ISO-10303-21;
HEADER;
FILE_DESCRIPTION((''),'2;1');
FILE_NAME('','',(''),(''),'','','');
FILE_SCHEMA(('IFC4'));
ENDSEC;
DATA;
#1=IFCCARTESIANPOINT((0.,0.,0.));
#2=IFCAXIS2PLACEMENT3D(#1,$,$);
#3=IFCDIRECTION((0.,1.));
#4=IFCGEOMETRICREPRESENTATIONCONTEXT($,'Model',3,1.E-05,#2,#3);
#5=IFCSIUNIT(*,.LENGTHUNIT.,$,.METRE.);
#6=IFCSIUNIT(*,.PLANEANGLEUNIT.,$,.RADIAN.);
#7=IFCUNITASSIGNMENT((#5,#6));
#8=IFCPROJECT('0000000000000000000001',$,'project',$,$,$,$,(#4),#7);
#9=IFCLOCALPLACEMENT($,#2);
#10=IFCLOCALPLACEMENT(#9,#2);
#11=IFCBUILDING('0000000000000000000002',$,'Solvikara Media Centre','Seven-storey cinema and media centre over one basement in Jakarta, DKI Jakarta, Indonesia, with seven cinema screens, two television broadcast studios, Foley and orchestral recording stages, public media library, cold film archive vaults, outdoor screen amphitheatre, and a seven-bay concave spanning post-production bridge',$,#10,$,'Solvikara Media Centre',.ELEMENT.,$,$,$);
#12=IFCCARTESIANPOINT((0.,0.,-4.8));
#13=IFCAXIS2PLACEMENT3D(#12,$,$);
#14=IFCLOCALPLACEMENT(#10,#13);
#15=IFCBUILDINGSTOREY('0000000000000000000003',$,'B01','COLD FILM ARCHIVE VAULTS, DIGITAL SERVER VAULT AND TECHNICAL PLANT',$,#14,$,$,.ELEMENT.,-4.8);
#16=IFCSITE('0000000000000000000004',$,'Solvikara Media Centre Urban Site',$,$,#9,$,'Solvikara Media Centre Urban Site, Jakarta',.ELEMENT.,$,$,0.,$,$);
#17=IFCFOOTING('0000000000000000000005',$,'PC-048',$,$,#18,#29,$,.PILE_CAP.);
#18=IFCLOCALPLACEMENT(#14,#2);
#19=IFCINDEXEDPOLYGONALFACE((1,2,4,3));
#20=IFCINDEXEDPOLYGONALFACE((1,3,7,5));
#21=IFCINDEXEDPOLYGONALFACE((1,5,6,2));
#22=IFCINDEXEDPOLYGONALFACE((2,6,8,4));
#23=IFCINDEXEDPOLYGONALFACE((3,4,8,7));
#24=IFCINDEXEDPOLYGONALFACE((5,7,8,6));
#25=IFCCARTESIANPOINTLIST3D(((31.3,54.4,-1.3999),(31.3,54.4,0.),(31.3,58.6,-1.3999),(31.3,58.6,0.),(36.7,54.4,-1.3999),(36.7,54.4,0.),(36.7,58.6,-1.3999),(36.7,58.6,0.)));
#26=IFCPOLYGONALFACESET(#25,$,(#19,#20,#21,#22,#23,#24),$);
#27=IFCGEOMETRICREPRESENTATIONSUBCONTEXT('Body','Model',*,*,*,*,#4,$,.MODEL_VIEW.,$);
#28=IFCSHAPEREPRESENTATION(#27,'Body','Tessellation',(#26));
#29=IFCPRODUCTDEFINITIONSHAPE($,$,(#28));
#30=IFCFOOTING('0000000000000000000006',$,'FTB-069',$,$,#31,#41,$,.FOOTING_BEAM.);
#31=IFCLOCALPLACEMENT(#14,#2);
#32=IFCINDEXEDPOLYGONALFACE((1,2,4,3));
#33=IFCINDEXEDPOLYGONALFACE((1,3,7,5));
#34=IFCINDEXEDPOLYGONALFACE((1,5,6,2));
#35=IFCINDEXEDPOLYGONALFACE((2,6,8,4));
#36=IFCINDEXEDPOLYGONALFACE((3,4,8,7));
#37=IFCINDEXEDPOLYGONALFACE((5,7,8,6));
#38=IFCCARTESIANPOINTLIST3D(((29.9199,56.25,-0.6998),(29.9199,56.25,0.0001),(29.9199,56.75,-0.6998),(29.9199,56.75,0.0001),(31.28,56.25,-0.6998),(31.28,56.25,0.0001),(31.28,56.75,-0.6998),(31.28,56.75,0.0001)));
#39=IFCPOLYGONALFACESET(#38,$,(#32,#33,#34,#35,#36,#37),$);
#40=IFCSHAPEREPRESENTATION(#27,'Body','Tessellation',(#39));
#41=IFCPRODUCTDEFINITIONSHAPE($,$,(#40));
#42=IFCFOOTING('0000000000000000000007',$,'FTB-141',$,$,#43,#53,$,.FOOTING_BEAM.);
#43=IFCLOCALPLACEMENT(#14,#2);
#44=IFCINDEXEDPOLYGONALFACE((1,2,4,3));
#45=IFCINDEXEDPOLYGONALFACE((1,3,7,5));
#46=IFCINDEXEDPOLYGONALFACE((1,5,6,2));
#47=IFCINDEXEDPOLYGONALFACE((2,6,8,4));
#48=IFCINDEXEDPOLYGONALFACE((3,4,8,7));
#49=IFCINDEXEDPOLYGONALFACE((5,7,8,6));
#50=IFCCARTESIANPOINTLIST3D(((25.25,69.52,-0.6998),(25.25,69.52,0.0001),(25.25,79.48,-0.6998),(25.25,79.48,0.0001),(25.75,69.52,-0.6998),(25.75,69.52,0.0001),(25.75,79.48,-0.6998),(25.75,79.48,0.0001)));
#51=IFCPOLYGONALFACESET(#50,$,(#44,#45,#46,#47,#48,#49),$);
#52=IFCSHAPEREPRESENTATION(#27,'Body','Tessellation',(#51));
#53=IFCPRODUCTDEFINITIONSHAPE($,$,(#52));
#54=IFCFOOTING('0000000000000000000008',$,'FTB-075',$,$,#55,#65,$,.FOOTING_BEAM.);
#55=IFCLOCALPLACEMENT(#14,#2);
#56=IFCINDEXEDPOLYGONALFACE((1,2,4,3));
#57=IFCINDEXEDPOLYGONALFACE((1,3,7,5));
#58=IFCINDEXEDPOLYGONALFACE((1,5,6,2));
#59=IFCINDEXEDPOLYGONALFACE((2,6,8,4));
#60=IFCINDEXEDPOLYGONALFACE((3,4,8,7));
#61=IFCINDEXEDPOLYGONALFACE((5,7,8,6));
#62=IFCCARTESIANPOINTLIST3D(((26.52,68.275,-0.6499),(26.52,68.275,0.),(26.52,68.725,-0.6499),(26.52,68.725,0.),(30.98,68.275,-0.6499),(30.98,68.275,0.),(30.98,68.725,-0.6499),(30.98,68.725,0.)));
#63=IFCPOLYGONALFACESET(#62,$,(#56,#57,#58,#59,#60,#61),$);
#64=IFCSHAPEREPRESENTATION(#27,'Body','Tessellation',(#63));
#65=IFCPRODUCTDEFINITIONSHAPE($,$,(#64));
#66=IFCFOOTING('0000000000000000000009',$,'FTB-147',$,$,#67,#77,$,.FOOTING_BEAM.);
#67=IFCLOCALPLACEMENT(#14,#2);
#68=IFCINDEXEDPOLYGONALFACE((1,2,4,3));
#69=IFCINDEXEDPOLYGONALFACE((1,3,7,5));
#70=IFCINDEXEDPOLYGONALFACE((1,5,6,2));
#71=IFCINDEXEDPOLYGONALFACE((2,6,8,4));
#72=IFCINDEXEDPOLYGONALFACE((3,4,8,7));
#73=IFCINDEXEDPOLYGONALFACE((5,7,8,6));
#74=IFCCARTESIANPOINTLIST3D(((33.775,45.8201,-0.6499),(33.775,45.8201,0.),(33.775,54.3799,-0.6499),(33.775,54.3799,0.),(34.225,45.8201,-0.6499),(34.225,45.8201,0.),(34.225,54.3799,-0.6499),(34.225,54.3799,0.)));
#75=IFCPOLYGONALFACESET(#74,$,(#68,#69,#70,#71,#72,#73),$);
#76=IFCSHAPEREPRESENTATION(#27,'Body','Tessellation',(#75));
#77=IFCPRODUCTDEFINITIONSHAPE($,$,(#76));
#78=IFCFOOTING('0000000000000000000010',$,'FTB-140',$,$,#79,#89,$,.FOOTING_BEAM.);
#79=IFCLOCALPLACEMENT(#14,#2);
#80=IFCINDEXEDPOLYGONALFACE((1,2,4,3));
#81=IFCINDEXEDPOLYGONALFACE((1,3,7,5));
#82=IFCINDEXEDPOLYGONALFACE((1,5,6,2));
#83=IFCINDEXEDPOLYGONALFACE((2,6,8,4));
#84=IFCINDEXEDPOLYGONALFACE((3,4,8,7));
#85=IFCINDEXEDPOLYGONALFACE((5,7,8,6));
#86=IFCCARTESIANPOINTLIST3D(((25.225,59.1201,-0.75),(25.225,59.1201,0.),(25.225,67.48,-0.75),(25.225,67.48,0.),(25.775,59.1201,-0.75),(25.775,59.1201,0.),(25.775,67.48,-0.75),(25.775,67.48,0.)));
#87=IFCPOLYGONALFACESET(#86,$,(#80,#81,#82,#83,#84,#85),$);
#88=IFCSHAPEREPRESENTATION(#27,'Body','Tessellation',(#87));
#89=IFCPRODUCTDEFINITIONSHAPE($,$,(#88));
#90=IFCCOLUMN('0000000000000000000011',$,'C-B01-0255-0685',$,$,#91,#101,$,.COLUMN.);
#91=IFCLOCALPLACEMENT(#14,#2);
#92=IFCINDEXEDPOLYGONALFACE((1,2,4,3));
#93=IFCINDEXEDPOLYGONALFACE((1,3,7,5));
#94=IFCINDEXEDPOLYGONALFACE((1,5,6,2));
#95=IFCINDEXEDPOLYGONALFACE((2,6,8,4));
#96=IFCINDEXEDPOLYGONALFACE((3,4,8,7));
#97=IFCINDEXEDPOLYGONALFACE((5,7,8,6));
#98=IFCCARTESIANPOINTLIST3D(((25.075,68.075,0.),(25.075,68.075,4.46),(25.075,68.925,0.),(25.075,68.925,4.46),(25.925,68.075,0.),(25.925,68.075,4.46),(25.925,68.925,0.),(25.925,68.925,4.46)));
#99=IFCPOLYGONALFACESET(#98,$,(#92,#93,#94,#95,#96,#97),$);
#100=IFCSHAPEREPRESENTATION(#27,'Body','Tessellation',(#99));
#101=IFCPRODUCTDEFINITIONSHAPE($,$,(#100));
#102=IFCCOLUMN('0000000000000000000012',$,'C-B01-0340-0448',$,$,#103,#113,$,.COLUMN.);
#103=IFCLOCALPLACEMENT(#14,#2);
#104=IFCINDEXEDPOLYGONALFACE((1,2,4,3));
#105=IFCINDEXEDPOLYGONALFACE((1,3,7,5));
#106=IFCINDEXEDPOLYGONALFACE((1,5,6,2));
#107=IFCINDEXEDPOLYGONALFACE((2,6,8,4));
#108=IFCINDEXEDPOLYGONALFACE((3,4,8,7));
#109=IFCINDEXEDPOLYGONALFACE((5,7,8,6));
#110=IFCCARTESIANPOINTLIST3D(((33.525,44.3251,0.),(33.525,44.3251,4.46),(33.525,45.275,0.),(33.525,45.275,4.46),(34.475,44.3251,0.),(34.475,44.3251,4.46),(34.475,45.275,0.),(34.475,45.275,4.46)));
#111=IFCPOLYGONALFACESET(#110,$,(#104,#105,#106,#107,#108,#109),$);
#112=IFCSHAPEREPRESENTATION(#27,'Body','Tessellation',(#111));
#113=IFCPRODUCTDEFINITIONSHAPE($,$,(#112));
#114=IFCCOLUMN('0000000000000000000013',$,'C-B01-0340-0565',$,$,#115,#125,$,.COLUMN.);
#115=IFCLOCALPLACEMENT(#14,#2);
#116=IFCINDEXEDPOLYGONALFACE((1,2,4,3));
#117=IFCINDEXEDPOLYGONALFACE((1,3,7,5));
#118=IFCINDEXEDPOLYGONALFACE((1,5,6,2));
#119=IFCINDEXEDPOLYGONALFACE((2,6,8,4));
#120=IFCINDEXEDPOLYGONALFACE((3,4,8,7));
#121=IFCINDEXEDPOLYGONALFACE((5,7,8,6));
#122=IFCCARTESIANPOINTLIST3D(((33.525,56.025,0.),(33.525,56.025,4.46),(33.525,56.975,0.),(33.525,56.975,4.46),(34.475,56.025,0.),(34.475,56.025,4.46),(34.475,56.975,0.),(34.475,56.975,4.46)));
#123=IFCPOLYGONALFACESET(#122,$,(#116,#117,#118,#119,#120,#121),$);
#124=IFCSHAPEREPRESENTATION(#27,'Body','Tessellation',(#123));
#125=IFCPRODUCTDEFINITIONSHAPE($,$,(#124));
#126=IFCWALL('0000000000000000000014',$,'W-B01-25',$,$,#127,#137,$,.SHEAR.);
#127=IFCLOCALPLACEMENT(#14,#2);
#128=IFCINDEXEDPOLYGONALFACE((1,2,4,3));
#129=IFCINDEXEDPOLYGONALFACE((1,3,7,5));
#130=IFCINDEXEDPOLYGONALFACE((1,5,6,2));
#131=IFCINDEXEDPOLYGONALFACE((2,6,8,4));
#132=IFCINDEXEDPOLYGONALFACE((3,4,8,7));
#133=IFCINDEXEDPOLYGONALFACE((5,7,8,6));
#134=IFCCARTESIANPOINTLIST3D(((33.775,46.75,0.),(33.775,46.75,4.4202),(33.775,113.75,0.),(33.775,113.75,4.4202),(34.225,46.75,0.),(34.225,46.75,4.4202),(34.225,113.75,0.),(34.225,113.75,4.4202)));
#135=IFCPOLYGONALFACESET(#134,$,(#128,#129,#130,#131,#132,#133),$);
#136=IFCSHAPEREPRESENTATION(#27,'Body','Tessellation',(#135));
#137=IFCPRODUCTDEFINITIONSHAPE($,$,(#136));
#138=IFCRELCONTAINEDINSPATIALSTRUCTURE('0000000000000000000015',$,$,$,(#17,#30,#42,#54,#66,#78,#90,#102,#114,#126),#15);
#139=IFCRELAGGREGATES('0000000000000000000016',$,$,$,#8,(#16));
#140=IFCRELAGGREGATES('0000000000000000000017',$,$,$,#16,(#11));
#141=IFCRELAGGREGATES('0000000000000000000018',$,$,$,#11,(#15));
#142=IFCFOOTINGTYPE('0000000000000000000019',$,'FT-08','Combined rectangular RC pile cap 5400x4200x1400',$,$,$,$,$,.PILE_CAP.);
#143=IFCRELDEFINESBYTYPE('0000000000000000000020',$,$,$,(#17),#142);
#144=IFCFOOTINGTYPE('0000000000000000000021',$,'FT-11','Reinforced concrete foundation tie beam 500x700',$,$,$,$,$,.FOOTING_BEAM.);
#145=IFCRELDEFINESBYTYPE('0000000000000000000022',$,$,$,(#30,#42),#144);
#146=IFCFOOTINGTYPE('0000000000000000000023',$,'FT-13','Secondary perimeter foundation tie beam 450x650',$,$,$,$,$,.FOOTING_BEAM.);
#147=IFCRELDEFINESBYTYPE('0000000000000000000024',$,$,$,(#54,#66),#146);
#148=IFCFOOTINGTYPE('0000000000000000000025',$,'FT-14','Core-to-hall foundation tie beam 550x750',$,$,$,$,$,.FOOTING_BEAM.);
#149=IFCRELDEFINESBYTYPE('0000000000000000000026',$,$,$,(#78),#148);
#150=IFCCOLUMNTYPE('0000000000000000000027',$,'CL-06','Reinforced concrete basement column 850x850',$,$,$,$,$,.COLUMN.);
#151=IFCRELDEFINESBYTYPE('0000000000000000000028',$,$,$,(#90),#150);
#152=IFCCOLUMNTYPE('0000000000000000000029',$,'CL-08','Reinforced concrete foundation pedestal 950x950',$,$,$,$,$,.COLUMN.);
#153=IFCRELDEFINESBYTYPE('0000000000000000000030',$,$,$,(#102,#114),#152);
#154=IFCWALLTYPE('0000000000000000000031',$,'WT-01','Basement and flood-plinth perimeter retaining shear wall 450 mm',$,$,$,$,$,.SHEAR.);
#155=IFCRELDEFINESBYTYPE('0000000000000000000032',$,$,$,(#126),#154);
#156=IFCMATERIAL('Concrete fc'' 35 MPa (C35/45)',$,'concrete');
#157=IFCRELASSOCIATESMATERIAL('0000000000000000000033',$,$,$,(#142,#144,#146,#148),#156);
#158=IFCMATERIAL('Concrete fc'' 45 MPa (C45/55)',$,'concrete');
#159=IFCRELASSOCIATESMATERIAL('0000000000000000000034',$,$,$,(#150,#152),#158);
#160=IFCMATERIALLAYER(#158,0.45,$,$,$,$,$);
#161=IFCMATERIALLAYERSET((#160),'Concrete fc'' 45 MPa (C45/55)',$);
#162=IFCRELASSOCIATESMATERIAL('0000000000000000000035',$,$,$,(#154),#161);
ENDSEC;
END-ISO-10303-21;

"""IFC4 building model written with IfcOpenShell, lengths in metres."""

from ifc_helpers import new_model, si_unit, direction, frame, frame_2d, origin, origin_2d, place, context, subcontext, project, spatial, rectangle, extrude, material, layer, layer_set, material_profile, profile_set, type_object, element, save


model = new_model("IFC4")

# Units and contexts
model_context = context("Model", 3, precision=1e-05, world=origin(), true_north=direction((0.0, 1.0)))
body_context = subcontext(model_context, "Body", "Model", "MODEL_VIEW")
ifc_project = project(units=[si_unit("LENGTHUNIT", "METRE"), si_unit("PLANEANGLEUNIT", "RADIAN")], contexts=[model_context])

# Site, building, storey
site_placement = place(None, origin())
site = spatial("IfcSite", under=ifc_project, at=site_placement, Name="Solvikara Media Centre Urban Site", LongName="Solvikara Media Centre Urban Site, Jakarta", CompositionType="ELEMENT", RefElevation=0.0)
building_placement = place(site_placement, origin())
building = spatial("IfcBuilding", under=site, at=building_placement, Name="Solvikara Media Centre", Description="Seven-storey cinema and media centre over one basement in Jakarta, DKI Jakarta, Indonesia, with seven cinema screens, two television broadcast studios, Foley and orchestral recording stages, public media library, cold film archive vaults, outdoor screen amphitheatre, and a seven-bay concave spanning post-production bridge", LongName="Solvikara Media Centre", CompositionType="ELEMENT")
storey_placement = place(building_placement, frame((0.0, 0.0, -4.8)))
storey = spatial("IfcBuildingStorey", under=building, at=storey_placement, Name="B01", Description="COLD FILM ARCHIVE VAULTS, DIGITAL SERVER VAULT AND TECHNICAL PLANT", CompositionType="ELEMENT", Elevation=-4.8)

# Shared definitions
ifc_material_1 = material(Name="Concrete fc' 35 MPa (C35/45)", Category="concrete")

# Footings
footing_type_1 = type_object("IfcFootingType", Name="FT-08", Description="Combined rectangular RC pile cap 5400x4200x1400", PredefinedType="PILE_CAP", material=ifc_material_1)
footing_1_placement = place(storey_placement, frame((34.0, 56.5, -1.3999), z_axis=(0.0, 0.0, 1.0), x_axis=(1.0, 0.0, 0.0)))
element("IfcFooting", 1, at=footing_1_placement, inside=storey, type_object=footing_type_1, Name="PC-048", PredefinedType="PILE_CAP", context=body_context, shape_type="SweptSolid", body=[
    extrude(rectangle(XDim=5.3999, YDim=4.2, at=origin_2d()), origin(), (0.0, 0.0, 1.0), 1.3999),
])
ifc_material_profile_1 = material_profile(ifc_material_1, rectangle(XDim=0.5, YDim=0.7, at=origin_2d()), Name="RC 500x700")
ifc_profile_set_1 = profile_set([ifc_material_profile_1], Name="Concrete fc' 35 MPa (C35/45)")
footing_type_2 = type_object("IfcFootingType", Name="FT-11", Description="Reinforced concrete foundation tie beam 500x700", PredefinedType="FOOTING_BEAM", material=ifc_profile_set_1)
footing_2_placement = place(storey_placement, frame((29.9199, 56.5, -0.3499), z_axis=(1.0, 0.0, 0.0), x_axis=(0.0, 1.0, 0.0)))
element("IfcFooting", 2, at=footing_2_placement, inside=storey, type_object=footing_type_2, Name="FTB-069", PredefinedType="FOOTING_BEAM", context=body_context, shape_type="SweptSolid", body=[
    extrude(rectangle(XDim=0.5, YDim=0.7, at=origin_2d()), origin(), (0.0, 0.0, 1.0), 1.3601),
])
footing_3_placement = place(storey_placement, frame((25.5, 69.52, -0.3499), z_axis=(0.0, 1.0, 0.0), x_axis=(-1.0, 0.0, 0.0)))
element("IfcFooting", 3, at=footing_3_placement, inside=storey, type_object=footing_type_2, Name="FTB-141", PredefinedType="FOOTING_BEAM", context=body_context, shape_type="SweptSolid", body=[
    extrude(rectangle(XDim=0.5, YDim=0.7, at=origin_2d()), origin(), (0.0, 0.0, 1.0), 9.96),
])
ifc_material_profile_2 = material_profile(ifc_material_1, rectangle(XDim=0.45, YDim=0.6499, at=origin_2d()), Name="RC 450x650")
ifc_profile_set_2 = profile_set([ifc_material_profile_2], Name="Concrete fc' 35 MPa (C35/45)")
footing_type_3 = type_object("IfcFootingType", Name="FT-13", Description="Secondary perimeter foundation tie beam 450x650", PredefinedType="FOOTING_BEAM", material=ifc_profile_set_2)
footing_4_placement = place(storey_placement, frame((26.52, 68.5, -0.325), z_axis=(1.0, 0.0, 0.0), x_axis=(0.0, 1.0, 0.0)))
element("IfcFooting", 4, at=footing_4_placement, inside=storey, type_object=footing_type_3, Name="FTB-075", PredefinedType="FOOTING_BEAM", context=body_context, shape_type="SweptSolid", body=[
    extrude(rectangle(XDim=0.45, YDim=0.6499, at=origin_2d()), origin(), (0.0, 0.0, 1.0), 4.46),
])
footing_5_placement = place(storey_placement, frame((34.0, 45.8201, -0.325), z_axis=(0.0, 1.0, 0.0), x_axis=(-1.0, 0.0, 0.0)))
element("IfcFooting", 5, at=footing_5_placement, inside=storey, type_object=footing_type_3, Name="FTB-147", PredefinedType="FOOTING_BEAM", context=body_context, shape_type="SweptSolid", body=[
    extrude(rectangle(XDim=0.45, YDim=0.6499, at=origin_2d()), origin(), (0.0, 0.0, 1.0), 8.5598),
])
ifc_material_profile_3 = material_profile(ifc_material_1, rectangle(XDim=0.55, YDim=0.75, at=origin_2d()), Name="RC 550x750")
ifc_profile_set_3 = profile_set([ifc_material_profile_3], Name="Concrete fc' 35 MPa (C35/45)")
footing_type_4 = type_object("IfcFootingType", Name="FT-14", Description="Core-to-hall foundation tie beam 550x750", PredefinedType="FOOTING_BEAM", material=ifc_profile_set_3)
footing_6_placement = place(storey_placement, frame((25.5, 59.1201, -0.375), z_axis=(0.0, 1.0, 0.0), x_axis=(-1.0, 0.0, 0.0)))
element("IfcFooting", 6, at=footing_6_placement, inside=storey, type_object=footing_type_4, Name="FTB-140", PredefinedType="FOOTING_BEAM", context=body_context, shape_type="SweptSolid", body=[
    extrude(rectangle(XDim=0.55, YDim=0.75, at=origin_2d()), origin(), (0.0, 0.0, 1.0), 8.3599),
])

# Columns
ifc_material_2 = material(Name="Concrete fc' 45 MPa (C45/55)", Category="concrete")
ifc_material_profile_4 = material_profile(ifc_material_2, rectangle(XDim=0.8501, YDim=0.8501, at=origin_2d()), Name="RC 850x850")
ifc_profile_set_4 = profile_set([ifc_material_profile_4], Name="Concrete fc' 45 MPa (C45/55)")
column_type_1 = type_object("IfcColumnType", Name="CL-06", Description="Reinforced concrete basement column 850x850", PredefinedType="COLUMN", material=ifc_profile_set_4)
column_placement = place(storey_placement, frame((25.5, 68.5, 0.0), z_axis=(0.0, 0.0, 1.0), x_axis=(1.0, 0.0, 0.0)))
element("IfcColumn", 7, at=column_placement, inside=storey, type_object=column_type_1, Name="C-B01-0255-0685", PredefinedType="COLUMN", context=body_context, shape_type="SweptSolid", body=[
    extrude(rectangle(XDim=0.8501, YDim=0.8501, at=origin_2d()), origin(), (0.0, 0.0, 1.0), 4.46),
])
ifc_material_profile_5 = material_profile(ifc_material_2, rectangle(XDim=0.95, YDim=0.95, at=origin_2d()), Name="RC 950x950")
ifc_profile_set_5 = profile_set([ifc_material_profile_5], Name="Concrete fc' 45 MPa (C45/55)")
column_type_2 = type_object("IfcColumnType", Name="CL-08", Description="Reinforced concrete foundation pedestal 950x950", PredefinedType="COLUMN", material=ifc_profile_set_5)
for number, where, z_axis, x_axis, name in (
    (8, (34.0, 44.8, 0.0), (0.0, 0.0, 1.0), (1.0, 0.0, 0.0), "C-B01-0340-0448"),
    (9, (34.0, 56.5, 0.0), (0.0, 0.0, 1.0), (1.0, 0.0, 0.0), "C-B01-0340-0565"),
):
    element("IfcColumn", number, at=place(storey_placement, frame(where, z_axis=z_axis, x_axis=x_axis)), inside=storey, type_object=column_type_2, Name=name, PredefinedType="COLUMN", context=body_context, shape_type="SweptSolid", body=[
        extrude(rectangle(XDim=0.95, YDim=0.95, at=origin_2d()), origin(), (0.0, 0.0, 1.0), 4.46),
    ])

# Wall
ifc_layer = layer(ifc_material_2, 0.45)
ifc_layer_set = layer_set([ifc_layer], Name="Concrete fc' 45 MPa (C45/55)")
wall_type = type_object("IfcWallType", Name="WT-01", Description="Basement and flood-plinth perimeter retaining shear wall 450 mm", PredefinedType="SHEAR", material=ifc_layer_set)
wall_placement = place(storey_placement, frame((34.0, 46.75, 0.0), z_axis=(0.0, 0.0, 1.0), x_axis=(0.0, 1.0, 0.0)))
element("IfcWall", 10, at=wall_placement, inside=storey, type_object=wall_type, Name="W-B01-25", PredefinedType="SHEAR", context=body_context, shape_type="SweptSolid", body=[
    extrude(rectangle(XDim=67.0, YDim=0.45, at=frame_2d((33.5, 0.0))), origin(), (0.0, 0.0, 1.0), 4.4202),
])

save(model, "model.ifc")
